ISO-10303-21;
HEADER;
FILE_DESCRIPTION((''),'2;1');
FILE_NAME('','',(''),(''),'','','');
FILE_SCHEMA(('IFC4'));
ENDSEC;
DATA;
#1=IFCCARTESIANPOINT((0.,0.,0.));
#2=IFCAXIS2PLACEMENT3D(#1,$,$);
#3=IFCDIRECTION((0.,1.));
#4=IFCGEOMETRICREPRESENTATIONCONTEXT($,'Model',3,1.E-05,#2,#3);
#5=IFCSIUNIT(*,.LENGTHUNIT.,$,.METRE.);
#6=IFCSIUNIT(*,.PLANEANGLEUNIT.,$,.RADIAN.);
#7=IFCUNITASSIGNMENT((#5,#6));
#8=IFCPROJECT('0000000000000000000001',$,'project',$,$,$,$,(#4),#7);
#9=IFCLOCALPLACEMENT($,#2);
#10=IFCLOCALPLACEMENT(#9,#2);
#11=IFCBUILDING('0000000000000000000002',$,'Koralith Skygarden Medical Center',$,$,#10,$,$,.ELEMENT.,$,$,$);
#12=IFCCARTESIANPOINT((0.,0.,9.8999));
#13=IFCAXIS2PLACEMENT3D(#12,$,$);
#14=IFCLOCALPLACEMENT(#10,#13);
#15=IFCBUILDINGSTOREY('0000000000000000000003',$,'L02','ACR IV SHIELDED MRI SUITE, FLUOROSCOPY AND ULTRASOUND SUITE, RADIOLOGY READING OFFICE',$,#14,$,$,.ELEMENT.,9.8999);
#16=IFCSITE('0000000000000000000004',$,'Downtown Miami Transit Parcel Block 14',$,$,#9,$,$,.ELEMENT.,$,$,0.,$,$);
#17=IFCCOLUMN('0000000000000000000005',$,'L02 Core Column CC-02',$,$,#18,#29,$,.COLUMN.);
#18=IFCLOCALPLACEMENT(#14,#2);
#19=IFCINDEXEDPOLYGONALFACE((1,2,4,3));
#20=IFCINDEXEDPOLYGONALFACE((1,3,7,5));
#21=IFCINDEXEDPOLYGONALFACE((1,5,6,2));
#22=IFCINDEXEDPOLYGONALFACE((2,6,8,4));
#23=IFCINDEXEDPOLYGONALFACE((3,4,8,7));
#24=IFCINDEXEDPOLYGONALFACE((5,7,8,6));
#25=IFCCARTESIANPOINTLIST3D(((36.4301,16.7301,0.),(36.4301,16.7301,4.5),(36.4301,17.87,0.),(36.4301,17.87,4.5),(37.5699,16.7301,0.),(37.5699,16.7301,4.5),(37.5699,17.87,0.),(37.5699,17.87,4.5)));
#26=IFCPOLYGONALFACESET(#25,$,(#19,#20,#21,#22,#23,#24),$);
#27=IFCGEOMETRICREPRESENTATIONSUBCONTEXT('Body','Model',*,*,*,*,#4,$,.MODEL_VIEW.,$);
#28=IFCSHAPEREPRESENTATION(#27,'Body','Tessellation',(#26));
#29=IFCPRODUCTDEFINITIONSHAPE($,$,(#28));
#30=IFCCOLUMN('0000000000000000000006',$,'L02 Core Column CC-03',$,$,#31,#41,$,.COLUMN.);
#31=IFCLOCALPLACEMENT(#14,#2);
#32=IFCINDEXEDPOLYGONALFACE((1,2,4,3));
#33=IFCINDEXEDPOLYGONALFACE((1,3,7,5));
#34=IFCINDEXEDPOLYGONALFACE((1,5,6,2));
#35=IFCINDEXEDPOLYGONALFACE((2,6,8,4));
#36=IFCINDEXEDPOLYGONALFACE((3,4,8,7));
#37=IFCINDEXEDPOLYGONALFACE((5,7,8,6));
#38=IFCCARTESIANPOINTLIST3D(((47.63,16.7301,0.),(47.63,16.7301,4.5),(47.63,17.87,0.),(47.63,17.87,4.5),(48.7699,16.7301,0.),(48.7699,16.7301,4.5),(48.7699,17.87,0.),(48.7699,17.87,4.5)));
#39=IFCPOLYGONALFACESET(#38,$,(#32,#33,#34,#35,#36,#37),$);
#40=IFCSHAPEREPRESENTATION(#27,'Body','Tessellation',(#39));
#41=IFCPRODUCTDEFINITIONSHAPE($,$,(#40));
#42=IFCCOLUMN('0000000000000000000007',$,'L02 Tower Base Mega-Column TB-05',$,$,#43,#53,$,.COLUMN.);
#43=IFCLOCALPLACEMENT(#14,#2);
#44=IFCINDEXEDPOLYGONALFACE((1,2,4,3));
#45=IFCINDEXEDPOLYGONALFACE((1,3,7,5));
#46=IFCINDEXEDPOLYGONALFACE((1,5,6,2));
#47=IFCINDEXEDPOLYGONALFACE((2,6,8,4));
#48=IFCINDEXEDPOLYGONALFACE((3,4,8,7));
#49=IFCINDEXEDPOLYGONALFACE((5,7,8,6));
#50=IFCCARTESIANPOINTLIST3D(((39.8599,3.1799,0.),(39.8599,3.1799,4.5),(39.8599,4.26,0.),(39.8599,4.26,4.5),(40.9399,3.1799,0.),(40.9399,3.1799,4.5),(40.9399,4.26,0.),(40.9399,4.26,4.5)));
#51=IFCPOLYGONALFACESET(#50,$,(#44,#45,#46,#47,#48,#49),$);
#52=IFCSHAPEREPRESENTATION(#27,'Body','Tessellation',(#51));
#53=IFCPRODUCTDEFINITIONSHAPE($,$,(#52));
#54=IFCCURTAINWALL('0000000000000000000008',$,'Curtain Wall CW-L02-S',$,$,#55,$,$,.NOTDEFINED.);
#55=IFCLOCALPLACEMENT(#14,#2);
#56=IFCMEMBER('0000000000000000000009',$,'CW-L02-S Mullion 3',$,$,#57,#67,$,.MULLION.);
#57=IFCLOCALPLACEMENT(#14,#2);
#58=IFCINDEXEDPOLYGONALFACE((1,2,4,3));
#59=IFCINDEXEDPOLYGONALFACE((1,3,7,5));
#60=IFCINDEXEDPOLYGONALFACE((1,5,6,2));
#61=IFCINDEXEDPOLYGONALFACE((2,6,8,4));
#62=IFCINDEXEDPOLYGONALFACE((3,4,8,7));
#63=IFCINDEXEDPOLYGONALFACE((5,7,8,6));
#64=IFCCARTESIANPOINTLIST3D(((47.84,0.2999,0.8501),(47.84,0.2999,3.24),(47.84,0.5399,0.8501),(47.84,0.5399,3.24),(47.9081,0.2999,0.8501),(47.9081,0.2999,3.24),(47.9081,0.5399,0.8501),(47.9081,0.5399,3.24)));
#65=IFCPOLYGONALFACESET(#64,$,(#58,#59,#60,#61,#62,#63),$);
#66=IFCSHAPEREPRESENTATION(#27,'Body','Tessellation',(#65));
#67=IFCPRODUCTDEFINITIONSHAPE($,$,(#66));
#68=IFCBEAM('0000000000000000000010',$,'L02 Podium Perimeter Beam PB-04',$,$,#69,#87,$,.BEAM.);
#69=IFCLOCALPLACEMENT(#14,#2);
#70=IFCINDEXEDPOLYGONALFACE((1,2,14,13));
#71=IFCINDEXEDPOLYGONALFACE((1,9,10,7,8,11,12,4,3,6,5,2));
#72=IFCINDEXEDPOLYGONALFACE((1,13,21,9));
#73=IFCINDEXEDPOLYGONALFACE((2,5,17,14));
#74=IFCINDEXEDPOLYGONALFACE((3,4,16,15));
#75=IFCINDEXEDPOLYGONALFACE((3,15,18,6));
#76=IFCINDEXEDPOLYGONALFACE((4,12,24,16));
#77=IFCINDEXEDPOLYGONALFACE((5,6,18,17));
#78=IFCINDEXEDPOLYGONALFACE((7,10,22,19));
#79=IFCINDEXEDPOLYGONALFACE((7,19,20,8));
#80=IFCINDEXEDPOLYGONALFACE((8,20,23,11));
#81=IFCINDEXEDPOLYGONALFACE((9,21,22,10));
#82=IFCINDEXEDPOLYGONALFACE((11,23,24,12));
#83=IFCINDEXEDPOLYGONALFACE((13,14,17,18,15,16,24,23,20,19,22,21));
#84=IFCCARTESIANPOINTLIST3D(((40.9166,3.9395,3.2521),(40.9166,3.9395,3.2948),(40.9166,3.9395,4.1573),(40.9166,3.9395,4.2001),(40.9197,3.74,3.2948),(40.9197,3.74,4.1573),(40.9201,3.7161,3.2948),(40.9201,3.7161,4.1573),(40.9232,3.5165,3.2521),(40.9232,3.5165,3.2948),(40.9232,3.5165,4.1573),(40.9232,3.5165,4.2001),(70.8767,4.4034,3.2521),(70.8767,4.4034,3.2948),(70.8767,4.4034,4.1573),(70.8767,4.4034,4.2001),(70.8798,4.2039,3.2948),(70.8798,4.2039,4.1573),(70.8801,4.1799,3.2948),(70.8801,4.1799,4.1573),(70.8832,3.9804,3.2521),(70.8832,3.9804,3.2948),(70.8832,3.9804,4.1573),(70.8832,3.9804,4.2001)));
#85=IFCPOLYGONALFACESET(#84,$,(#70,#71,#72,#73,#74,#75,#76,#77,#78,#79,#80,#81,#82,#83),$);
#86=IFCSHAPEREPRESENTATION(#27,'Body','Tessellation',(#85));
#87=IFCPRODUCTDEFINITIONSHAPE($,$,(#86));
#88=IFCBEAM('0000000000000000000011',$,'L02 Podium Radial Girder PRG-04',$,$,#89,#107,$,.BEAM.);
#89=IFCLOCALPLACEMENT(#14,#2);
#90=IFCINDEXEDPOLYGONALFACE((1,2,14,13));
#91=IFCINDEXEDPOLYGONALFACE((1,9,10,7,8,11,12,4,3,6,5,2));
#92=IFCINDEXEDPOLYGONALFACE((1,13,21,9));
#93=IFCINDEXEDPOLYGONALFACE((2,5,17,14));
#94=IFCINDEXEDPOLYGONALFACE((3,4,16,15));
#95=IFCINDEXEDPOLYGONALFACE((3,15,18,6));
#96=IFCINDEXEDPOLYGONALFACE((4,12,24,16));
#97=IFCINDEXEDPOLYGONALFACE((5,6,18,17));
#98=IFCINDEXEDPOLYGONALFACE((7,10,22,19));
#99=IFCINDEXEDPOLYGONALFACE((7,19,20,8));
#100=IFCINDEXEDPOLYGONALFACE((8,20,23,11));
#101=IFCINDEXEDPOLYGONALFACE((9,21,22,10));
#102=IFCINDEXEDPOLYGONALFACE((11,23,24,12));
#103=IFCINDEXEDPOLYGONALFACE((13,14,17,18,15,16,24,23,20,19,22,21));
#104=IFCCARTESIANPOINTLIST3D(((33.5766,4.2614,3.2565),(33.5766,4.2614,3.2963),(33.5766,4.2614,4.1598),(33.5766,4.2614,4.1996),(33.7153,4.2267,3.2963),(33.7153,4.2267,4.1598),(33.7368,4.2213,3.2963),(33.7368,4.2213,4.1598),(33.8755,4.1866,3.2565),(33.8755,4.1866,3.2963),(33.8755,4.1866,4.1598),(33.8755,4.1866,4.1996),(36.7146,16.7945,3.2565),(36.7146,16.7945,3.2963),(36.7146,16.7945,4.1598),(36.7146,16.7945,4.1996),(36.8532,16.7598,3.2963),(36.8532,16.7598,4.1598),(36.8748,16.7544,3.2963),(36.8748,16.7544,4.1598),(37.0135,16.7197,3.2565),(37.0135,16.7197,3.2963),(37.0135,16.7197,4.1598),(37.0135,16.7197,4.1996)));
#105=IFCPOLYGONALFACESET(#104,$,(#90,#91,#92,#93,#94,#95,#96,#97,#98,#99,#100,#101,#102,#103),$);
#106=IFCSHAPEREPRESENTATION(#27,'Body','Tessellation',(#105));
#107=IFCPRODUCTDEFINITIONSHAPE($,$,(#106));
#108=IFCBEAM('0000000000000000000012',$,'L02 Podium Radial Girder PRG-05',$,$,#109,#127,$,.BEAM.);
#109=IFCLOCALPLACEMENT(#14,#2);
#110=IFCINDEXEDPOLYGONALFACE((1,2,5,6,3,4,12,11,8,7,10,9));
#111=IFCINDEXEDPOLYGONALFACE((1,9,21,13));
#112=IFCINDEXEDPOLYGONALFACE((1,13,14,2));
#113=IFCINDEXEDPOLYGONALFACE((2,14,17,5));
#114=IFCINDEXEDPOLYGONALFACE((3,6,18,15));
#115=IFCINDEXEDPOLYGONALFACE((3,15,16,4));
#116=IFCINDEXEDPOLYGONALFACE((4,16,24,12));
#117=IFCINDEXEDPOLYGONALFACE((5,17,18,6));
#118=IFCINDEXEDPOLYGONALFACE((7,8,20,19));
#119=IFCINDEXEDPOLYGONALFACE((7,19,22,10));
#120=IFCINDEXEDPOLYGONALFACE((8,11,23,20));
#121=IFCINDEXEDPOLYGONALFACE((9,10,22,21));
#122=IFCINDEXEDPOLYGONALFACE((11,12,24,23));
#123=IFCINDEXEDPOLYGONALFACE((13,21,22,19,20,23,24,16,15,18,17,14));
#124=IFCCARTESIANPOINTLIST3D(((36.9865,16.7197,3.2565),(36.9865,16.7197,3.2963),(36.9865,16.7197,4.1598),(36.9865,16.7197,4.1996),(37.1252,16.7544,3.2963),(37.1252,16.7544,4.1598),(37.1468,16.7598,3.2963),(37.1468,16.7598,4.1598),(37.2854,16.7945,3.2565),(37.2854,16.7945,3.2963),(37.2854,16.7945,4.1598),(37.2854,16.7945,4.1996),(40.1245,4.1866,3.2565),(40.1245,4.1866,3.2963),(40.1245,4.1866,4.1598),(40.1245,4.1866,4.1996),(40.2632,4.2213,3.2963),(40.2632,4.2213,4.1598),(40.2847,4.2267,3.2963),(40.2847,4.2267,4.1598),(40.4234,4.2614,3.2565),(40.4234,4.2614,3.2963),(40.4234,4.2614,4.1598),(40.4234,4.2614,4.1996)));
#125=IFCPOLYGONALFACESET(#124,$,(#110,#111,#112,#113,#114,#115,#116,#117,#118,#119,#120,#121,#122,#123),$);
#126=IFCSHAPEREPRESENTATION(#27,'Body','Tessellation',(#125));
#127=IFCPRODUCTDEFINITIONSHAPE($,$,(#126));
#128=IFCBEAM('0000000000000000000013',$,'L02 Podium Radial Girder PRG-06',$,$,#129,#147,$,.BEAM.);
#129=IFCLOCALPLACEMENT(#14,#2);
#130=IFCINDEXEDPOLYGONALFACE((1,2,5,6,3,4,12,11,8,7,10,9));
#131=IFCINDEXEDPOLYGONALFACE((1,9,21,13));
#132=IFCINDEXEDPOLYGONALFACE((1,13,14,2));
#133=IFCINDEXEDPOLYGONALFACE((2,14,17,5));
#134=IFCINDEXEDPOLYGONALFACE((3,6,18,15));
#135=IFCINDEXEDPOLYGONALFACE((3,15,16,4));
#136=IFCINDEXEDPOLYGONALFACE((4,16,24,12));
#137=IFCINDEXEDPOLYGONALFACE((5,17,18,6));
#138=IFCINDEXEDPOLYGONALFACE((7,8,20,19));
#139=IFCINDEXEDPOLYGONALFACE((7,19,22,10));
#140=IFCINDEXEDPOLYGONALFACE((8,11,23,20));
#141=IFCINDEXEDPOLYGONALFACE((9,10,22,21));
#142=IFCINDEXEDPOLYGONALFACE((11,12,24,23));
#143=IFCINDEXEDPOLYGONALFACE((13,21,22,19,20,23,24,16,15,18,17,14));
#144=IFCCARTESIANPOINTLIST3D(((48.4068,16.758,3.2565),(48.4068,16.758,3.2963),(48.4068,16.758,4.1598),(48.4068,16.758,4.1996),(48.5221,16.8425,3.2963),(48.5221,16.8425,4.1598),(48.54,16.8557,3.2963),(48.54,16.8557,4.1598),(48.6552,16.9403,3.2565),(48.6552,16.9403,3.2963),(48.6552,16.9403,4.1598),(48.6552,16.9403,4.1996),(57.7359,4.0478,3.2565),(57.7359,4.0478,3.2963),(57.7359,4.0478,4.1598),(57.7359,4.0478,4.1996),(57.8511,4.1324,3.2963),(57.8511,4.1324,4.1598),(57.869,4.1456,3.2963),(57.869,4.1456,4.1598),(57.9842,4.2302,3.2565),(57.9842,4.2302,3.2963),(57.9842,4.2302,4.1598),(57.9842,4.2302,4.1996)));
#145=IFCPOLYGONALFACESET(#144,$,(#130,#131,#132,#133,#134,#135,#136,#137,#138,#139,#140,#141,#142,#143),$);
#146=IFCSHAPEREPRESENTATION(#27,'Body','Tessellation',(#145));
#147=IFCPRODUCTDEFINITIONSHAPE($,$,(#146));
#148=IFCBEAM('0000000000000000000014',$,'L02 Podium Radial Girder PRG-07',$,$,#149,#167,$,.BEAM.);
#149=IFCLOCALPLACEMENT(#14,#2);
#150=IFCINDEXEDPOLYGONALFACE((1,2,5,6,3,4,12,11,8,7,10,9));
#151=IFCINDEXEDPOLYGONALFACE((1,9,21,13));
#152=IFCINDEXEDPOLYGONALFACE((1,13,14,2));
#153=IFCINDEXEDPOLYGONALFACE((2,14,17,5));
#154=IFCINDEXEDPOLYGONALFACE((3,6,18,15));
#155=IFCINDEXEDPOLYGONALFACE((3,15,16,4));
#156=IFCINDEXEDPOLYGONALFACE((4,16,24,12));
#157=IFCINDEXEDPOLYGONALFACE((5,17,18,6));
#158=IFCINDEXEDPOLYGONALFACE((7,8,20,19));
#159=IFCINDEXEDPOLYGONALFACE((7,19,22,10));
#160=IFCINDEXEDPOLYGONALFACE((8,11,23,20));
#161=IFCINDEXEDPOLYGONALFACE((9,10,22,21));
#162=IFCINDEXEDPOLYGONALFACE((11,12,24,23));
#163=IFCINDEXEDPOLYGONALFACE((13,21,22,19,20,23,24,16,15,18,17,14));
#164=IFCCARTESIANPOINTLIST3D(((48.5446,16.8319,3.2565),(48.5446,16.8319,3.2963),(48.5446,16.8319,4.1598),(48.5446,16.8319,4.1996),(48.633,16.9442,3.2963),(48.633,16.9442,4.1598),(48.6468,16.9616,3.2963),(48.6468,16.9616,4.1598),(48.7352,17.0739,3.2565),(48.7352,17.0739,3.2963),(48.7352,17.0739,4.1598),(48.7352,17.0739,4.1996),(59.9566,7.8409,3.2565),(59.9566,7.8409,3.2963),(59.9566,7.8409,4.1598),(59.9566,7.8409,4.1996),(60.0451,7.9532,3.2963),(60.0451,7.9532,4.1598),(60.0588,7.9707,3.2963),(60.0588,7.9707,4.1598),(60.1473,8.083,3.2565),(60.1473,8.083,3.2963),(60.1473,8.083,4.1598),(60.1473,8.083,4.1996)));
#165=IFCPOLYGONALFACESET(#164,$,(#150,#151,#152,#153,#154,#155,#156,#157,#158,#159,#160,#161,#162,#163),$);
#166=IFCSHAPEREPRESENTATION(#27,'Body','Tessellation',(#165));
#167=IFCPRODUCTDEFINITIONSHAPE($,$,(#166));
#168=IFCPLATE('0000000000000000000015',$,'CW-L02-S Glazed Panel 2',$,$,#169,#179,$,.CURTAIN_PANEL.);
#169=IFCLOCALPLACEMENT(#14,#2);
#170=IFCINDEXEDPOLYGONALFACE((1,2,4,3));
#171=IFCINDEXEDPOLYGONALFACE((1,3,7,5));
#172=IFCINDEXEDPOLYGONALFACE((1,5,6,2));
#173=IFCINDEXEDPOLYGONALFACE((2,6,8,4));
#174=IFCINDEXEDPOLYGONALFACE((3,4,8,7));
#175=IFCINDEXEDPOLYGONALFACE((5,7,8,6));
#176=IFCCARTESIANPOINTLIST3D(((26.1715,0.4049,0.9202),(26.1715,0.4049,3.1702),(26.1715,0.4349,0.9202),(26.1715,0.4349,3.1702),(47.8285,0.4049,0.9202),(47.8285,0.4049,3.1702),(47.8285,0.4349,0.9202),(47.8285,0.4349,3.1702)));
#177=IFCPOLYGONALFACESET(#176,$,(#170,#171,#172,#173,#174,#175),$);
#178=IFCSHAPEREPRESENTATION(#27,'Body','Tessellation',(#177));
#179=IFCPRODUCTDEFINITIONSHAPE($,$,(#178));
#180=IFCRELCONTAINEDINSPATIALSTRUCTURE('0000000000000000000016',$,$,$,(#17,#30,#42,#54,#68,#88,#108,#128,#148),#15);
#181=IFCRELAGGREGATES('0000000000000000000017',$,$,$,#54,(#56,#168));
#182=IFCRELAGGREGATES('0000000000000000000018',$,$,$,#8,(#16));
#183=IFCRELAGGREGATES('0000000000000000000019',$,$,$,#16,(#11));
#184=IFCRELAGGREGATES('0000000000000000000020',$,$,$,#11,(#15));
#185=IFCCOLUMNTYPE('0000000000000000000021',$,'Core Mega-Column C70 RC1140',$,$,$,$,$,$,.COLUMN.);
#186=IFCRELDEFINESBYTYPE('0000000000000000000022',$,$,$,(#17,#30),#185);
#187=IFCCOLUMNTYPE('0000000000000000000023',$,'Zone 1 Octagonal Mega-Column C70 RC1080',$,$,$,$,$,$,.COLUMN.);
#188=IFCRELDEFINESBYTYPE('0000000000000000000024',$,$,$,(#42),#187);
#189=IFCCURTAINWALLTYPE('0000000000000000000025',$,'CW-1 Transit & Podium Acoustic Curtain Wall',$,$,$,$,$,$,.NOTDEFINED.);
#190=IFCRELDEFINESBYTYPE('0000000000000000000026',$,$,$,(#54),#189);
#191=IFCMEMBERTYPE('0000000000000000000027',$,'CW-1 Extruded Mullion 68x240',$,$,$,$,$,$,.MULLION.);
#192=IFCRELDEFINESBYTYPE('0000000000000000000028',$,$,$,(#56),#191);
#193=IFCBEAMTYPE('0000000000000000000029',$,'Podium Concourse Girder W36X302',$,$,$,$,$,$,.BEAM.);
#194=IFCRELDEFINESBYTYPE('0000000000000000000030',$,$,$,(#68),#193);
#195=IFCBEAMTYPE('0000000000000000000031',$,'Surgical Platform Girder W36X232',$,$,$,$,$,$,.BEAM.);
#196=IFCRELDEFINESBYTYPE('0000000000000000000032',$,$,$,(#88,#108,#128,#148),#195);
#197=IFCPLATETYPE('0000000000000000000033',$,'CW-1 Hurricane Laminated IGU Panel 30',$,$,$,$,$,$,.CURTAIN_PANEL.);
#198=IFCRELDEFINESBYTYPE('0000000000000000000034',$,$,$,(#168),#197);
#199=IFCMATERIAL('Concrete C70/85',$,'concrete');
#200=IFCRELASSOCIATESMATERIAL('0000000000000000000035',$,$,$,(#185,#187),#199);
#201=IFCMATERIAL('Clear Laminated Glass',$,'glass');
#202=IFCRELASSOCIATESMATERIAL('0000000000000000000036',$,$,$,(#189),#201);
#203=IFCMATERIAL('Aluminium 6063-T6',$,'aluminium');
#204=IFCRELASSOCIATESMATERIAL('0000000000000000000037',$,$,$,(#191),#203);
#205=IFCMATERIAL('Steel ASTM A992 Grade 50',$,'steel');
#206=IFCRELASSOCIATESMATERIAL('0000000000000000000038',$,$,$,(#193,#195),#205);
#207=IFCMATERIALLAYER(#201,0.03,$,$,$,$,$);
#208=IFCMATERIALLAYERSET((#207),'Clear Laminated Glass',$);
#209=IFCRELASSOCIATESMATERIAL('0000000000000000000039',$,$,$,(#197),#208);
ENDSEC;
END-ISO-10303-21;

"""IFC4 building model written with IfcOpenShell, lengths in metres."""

from ifc_helpers import new_model, si_unit, direction, frame, origin, origin_2d, place, context, subcontext, project, spatial, rectangle, i_section, extrude, material, layer, layer_set, material_profile, profile_set, type_object, element, aggregate, save


model = new_model("IFC4")

# Units and contexts
model_context = context("Model", 3, precision=1e-05, world=origin(), true_north=direction((0.0, 1.0)))
body_context = subcontext(model_context, "Body", "Model", "MODEL_VIEW")
ifc_project = project(units=[si_unit("LENGTHUNIT", "METRE"), si_unit("PLANEANGLEUNIT", "RADIAN")], contexts=[model_context])

# Site, building, storey
site_placement = place(None, origin())
site = spatial("IfcSite", under=ifc_project, at=site_placement, Name="Downtown Miami Transit Parcel Block 14", CompositionType="ELEMENT", RefElevation=0.0)
building_placement = place(site_placement, origin())
building = spatial("IfcBuilding", under=site, at=building_placement, Name="Koralith Skygarden Medical Center", CompositionType="ELEMENT")
storey_placement = place(building_placement, frame((0.0, 0.0, 9.8999)))
storey = spatial("IfcBuildingStorey", under=building, at=storey_placement, Name="L02", Description="ACR IV SHIELDED MRI SUITE, FLUOROSCOPY AND ULTRASOUND SUITE, RADIOLOGY READING OFFICE", CompositionType="ELEMENT", Elevation=9.8999)

# Columns
ifc_material_1 = material(Name="Concrete C70/85", Category="concrete")
ifc_material_profile_1 = material_profile(ifc_material_1, rectangle(XDim=1.1399, YDim=1.1399, at=origin_2d()), Name="RC1140X1140")
ifc_profile_set_1 = profile_set([ifc_material_profile_1], Name="Concrete C70/85")
column_type_1 = type_object("IfcColumnType", Name="Core Mega-Column C70 RC1140", PredefinedType="COLUMN", material=ifc_profile_set_1)
for number, where, z_axis, x_axis, name in (
    (1, (37.0, 17.3, 0.0), (0.0, 0.0, 1.0), (1.0, 0.0, 0.0), "L02 Core Column CC-02"),
    (2, (48.2, 17.3, 0.0), (0.0, 0.0, 1.0), (1.0, 0.0, 0.0), "L02 Core Column CC-03"),
):
    element("IfcColumn", number, at=place(storey_placement, frame(where, z_axis=z_axis, x_axis=x_axis)), inside=storey, type_object=column_type_1, Name=name, PredefinedType="COLUMN", context=body_context, shape_type="SweptSolid", body=[
        extrude(rectangle(XDim=1.1399, YDim=1.1399, at=origin_2d()), origin(), (0.0, 0.0, 1.0), 4.5),
    ])
ifc_material_profile_2 = material_profile(ifc_material_1, rectangle(XDim=1.0801, YDim=1.0801, at=origin_2d()), Name="RC1080X1080")
ifc_profile_set_2 = profile_set([ifc_material_profile_2], Name="Concrete C70/85")
column_type_2 = type_object("IfcColumnType", Name="Zone 1 Octagonal Mega-Column C70 RC1080", PredefinedType="COLUMN", material=ifc_profile_set_2)
column_placement = place(storey_placement, frame((40.3999, 3.72, 0.0), z_axis=(0.0, 0.0, 1.0), x_axis=(1.0, 0.0, 0.0)))
element("IfcColumn", 3, at=column_placement, inside=storey, type_object=column_type_2, Name="L02 Tower Base Mega-Column TB-05", PredefinedType="COLUMN", context=body_context, shape_type="SweptSolid", body=[
    extrude(rectangle(XDim=1.0801, YDim=1.0801, at=origin_2d()), origin(), (0.0, 0.0, 1.0), 4.5),
])

# Curtain wall, member
ifc_material_2 = material(Name="Clear Laminated Glass", Category="glass")
curtain_wall_type = type_object("IfcCurtainWallType", Name="CW-1 Transit & Podium Acoustic Curtain Wall", PredefinedType="NOTDEFINED", material=ifc_material_2)
curtain_wall_placement = place(storey_placement, origin())
curtain_wall = element("IfcCurtainWall", 4, at=curtain_wall_placement, inside=storey, type_object=curtain_wall_type, Name="Curtain Wall CW-L02-S", PredefinedType="NOTDEFINED")
ifc_material_3 = material(Name="Aluminium 6063-T6", Category="aluminium")
ifc_material_profile_3 = material_profile(ifc_material_3, rectangle(XDim=0.0681, YDim=0.24, at=origin_2d()), Name="MUL68X240")
ifc_profile_set_3 = profile_set([ifc_material_profile_3], Name="Aluminium 6063-T6")
member_type = type_object("IfcMemberType", Name="CW-1 Extruded Mullion 68x240", PredefinedType="MULLION", material=ifc_profile_set_3)
member_placement = place(storey_placement, frame((47.874, 0.4199, 0.8501), z_axis=(0.0, 0.0, 1.0), x_axis=(1.0, 0.0, 0.0)))
member = element("IfcMember", 5, at=member_placement, type_object=member_type, Name="CW-L02-S Mullion 3", PredefinedType="MULLION", context=body_context, shape_type="SweptSolid", body=[
    extrude(rectangle(XDim=0.0681, YDim=0.24, at=origin_2d()), origin(), (0.0, 0.0, 1.0), 2.3899),
])

# Beams
ifc_material_4 = material(Name="Steel ASTM A992 Grade 50", Category="steel")
ifc_material_profile_4 = material_profile(ifc_material_4, i_section(OverallWidth=0.4231, OverallDepth=0.948, WebThickness=0.0239, FlangeThickness=0.0427, at=origin_2d()), Name="W36X302")
ifc_profile_set_4 = profile_set([ifc_material_profile_4], Name="Steel ASTM A992 Grade 50")
beam_type_1 = type_object("IfcBeamType", Name="Podium Concourse Girder W36X302", PredefinedType="BEAM", material=ifc_profile_set_4)
beam_1_placement = place(storey_placement, frame((40.9199, 3.728, 3.7261), z_axis=(0.99988, 0.015481, 0.0), x_axis=(-0.015481, 0.99988, 0.0)))
element("IfcBeam", 6, at=beam_1_placement, inside=storey, type_object=beam_type_1, Name="L02 Podium Perimeter Beam PB-04", PredefinedType="BEAM", context=body_context, shape_type="SweptSolid", body=[
    extrude(i_section(OverallWidth=0.4231, OverallDepth=0.948, WebThickness=0.0239, FlangeThickness=0.0427, at=origin_2d()), origin(), (0.0, 0.0, 1.0), 29.9636),
])
ifc_material_profile_5 = material_profile(ifc_material_4, i_section(OverallWidth=0.3081, OverallDepth=0.9431, WebThickness=0.0222, FlangeThickness=0.0398, at=origin_2d()), Name="W36X232")
ifc_profile_set_5 = profile_set([ifc_material_profile_5], Name="Steel ASTM A992 Grade 50")
beam_type_2 = type_object("IfcBeamType", Name="Surgical Platform Girder W36X232", PredefinedType="BEAM", material=ifc_profile_set_5)
for number, where, z_axis, x_axis, name in (
    (7, (36.864, 16.7571, 3.728), (-0.242878, -0.970057, 0.0), (0.970057, -0.242878, 0.0), "L02 Podium Radial Girder PRG-04"),
    (8, (37.136, 16.7571, 3.728), (0.242878, -0.970057, 0.0), (0.970057, 0.242878, 0.0), "L02 Podium Radial Girder PRG-05"),
):
    element("IfcBeam", number, at=place(storey_placement, frame(where, z_axis=z_axis, x_axis=x_axis)), inside=storey, type_object=beam_type_2, Name=name, PredefinedType="BEAM", context=body_context, shape_type="SweptSolid", body=[
        extrude(i_section(OverallWidth=0.3081, OverallDepth=0.9431, WebThickness=0.0222, FlangeThickness=0.0398, at=origin_2d()), origin(), (0.0, 0.0, 1.0), 12.9199),
    ])
beam_2_placement = place(storey_placement, frame((48.531, 16.8491, 3.728), z_axis=(0.591705, -0.806154, 0.0), x_axis=(0.806154, 0.591705, 0.0)))
element("IfcBeam", 9, at=beam_2_placement, inside=storey, type_object=beam_type_2, Name="L02 Podium Radial Girder PRG-06", PredefinedType="BEAM", context=body_context, shape_type="SweptSolid", body=[
    extrude(i_section(OverallWidth=0.3081, OverallDepth=0.9431, WebThickness=0.0222, FlangeThickness=0.0398, at=origin_2d()), origin(), (0.0, 0.0, 1.0), 15.7664),
])
beam_3_placement = place(storey_placement, frame((48.6399, 16.9529, 3.728), z_axis=(0.785505, -0.618856, 0.0), x_axis=(0.618856, 0.785505, 0.0)))
element("IfcBeam", 10, at=beam_3_placement, inside=storey, type_object=beam_type_2, Name="L02 Podium Radial Girder PRG-07", PredefinedType="BEAM", context=body_context, shape_type="SweptSolid", body=[
    extrude(i_section(OverallWidth=0.3081, OverallDepth=0.9431, WebThickness=0.0222, FlangeThickness=0.0398, at=origin_2d()), origin(), (0.0, 0.0, 1.0), 14.5283),
])

# Plate
ifc_layer_1 = layer(ifc_material_2, 0.03)
ifc_layer_set_1 = layer_set([ifc_layer_1], Name="Clear Laminated Glass")
plate_type = type_object("IfcPlateType", Name="CW-1 Hurricane Laminated IGU Panel 30", PredefinedType="CURTAIN_PANEL", material=ifc_layer_set_1)
plate_placement = place(storey_placement, frame((37.0, 0.4199, 0.9202), z_axis=(0.0, 0.0, 1.0), x_axis=(1.0, 0.0, 0.0)))
plate = element("IfcPlate", 11, at=plate_placement, type_object=plate_type, Name="CW-L02-S Glazed Panel 2", PredefinedType="CURTAIN_PANEL", context=body_context, shape_type="SweptSolid", body=[
    extrude(rectangle(XDim=21.657, YDim=0.03, at=origin_2d()), origin(), (0.0, 0.0, 1.0), 2.25),
])
aggregate(curtain_wall, [member, plate])

save(model, "model.ifc")
